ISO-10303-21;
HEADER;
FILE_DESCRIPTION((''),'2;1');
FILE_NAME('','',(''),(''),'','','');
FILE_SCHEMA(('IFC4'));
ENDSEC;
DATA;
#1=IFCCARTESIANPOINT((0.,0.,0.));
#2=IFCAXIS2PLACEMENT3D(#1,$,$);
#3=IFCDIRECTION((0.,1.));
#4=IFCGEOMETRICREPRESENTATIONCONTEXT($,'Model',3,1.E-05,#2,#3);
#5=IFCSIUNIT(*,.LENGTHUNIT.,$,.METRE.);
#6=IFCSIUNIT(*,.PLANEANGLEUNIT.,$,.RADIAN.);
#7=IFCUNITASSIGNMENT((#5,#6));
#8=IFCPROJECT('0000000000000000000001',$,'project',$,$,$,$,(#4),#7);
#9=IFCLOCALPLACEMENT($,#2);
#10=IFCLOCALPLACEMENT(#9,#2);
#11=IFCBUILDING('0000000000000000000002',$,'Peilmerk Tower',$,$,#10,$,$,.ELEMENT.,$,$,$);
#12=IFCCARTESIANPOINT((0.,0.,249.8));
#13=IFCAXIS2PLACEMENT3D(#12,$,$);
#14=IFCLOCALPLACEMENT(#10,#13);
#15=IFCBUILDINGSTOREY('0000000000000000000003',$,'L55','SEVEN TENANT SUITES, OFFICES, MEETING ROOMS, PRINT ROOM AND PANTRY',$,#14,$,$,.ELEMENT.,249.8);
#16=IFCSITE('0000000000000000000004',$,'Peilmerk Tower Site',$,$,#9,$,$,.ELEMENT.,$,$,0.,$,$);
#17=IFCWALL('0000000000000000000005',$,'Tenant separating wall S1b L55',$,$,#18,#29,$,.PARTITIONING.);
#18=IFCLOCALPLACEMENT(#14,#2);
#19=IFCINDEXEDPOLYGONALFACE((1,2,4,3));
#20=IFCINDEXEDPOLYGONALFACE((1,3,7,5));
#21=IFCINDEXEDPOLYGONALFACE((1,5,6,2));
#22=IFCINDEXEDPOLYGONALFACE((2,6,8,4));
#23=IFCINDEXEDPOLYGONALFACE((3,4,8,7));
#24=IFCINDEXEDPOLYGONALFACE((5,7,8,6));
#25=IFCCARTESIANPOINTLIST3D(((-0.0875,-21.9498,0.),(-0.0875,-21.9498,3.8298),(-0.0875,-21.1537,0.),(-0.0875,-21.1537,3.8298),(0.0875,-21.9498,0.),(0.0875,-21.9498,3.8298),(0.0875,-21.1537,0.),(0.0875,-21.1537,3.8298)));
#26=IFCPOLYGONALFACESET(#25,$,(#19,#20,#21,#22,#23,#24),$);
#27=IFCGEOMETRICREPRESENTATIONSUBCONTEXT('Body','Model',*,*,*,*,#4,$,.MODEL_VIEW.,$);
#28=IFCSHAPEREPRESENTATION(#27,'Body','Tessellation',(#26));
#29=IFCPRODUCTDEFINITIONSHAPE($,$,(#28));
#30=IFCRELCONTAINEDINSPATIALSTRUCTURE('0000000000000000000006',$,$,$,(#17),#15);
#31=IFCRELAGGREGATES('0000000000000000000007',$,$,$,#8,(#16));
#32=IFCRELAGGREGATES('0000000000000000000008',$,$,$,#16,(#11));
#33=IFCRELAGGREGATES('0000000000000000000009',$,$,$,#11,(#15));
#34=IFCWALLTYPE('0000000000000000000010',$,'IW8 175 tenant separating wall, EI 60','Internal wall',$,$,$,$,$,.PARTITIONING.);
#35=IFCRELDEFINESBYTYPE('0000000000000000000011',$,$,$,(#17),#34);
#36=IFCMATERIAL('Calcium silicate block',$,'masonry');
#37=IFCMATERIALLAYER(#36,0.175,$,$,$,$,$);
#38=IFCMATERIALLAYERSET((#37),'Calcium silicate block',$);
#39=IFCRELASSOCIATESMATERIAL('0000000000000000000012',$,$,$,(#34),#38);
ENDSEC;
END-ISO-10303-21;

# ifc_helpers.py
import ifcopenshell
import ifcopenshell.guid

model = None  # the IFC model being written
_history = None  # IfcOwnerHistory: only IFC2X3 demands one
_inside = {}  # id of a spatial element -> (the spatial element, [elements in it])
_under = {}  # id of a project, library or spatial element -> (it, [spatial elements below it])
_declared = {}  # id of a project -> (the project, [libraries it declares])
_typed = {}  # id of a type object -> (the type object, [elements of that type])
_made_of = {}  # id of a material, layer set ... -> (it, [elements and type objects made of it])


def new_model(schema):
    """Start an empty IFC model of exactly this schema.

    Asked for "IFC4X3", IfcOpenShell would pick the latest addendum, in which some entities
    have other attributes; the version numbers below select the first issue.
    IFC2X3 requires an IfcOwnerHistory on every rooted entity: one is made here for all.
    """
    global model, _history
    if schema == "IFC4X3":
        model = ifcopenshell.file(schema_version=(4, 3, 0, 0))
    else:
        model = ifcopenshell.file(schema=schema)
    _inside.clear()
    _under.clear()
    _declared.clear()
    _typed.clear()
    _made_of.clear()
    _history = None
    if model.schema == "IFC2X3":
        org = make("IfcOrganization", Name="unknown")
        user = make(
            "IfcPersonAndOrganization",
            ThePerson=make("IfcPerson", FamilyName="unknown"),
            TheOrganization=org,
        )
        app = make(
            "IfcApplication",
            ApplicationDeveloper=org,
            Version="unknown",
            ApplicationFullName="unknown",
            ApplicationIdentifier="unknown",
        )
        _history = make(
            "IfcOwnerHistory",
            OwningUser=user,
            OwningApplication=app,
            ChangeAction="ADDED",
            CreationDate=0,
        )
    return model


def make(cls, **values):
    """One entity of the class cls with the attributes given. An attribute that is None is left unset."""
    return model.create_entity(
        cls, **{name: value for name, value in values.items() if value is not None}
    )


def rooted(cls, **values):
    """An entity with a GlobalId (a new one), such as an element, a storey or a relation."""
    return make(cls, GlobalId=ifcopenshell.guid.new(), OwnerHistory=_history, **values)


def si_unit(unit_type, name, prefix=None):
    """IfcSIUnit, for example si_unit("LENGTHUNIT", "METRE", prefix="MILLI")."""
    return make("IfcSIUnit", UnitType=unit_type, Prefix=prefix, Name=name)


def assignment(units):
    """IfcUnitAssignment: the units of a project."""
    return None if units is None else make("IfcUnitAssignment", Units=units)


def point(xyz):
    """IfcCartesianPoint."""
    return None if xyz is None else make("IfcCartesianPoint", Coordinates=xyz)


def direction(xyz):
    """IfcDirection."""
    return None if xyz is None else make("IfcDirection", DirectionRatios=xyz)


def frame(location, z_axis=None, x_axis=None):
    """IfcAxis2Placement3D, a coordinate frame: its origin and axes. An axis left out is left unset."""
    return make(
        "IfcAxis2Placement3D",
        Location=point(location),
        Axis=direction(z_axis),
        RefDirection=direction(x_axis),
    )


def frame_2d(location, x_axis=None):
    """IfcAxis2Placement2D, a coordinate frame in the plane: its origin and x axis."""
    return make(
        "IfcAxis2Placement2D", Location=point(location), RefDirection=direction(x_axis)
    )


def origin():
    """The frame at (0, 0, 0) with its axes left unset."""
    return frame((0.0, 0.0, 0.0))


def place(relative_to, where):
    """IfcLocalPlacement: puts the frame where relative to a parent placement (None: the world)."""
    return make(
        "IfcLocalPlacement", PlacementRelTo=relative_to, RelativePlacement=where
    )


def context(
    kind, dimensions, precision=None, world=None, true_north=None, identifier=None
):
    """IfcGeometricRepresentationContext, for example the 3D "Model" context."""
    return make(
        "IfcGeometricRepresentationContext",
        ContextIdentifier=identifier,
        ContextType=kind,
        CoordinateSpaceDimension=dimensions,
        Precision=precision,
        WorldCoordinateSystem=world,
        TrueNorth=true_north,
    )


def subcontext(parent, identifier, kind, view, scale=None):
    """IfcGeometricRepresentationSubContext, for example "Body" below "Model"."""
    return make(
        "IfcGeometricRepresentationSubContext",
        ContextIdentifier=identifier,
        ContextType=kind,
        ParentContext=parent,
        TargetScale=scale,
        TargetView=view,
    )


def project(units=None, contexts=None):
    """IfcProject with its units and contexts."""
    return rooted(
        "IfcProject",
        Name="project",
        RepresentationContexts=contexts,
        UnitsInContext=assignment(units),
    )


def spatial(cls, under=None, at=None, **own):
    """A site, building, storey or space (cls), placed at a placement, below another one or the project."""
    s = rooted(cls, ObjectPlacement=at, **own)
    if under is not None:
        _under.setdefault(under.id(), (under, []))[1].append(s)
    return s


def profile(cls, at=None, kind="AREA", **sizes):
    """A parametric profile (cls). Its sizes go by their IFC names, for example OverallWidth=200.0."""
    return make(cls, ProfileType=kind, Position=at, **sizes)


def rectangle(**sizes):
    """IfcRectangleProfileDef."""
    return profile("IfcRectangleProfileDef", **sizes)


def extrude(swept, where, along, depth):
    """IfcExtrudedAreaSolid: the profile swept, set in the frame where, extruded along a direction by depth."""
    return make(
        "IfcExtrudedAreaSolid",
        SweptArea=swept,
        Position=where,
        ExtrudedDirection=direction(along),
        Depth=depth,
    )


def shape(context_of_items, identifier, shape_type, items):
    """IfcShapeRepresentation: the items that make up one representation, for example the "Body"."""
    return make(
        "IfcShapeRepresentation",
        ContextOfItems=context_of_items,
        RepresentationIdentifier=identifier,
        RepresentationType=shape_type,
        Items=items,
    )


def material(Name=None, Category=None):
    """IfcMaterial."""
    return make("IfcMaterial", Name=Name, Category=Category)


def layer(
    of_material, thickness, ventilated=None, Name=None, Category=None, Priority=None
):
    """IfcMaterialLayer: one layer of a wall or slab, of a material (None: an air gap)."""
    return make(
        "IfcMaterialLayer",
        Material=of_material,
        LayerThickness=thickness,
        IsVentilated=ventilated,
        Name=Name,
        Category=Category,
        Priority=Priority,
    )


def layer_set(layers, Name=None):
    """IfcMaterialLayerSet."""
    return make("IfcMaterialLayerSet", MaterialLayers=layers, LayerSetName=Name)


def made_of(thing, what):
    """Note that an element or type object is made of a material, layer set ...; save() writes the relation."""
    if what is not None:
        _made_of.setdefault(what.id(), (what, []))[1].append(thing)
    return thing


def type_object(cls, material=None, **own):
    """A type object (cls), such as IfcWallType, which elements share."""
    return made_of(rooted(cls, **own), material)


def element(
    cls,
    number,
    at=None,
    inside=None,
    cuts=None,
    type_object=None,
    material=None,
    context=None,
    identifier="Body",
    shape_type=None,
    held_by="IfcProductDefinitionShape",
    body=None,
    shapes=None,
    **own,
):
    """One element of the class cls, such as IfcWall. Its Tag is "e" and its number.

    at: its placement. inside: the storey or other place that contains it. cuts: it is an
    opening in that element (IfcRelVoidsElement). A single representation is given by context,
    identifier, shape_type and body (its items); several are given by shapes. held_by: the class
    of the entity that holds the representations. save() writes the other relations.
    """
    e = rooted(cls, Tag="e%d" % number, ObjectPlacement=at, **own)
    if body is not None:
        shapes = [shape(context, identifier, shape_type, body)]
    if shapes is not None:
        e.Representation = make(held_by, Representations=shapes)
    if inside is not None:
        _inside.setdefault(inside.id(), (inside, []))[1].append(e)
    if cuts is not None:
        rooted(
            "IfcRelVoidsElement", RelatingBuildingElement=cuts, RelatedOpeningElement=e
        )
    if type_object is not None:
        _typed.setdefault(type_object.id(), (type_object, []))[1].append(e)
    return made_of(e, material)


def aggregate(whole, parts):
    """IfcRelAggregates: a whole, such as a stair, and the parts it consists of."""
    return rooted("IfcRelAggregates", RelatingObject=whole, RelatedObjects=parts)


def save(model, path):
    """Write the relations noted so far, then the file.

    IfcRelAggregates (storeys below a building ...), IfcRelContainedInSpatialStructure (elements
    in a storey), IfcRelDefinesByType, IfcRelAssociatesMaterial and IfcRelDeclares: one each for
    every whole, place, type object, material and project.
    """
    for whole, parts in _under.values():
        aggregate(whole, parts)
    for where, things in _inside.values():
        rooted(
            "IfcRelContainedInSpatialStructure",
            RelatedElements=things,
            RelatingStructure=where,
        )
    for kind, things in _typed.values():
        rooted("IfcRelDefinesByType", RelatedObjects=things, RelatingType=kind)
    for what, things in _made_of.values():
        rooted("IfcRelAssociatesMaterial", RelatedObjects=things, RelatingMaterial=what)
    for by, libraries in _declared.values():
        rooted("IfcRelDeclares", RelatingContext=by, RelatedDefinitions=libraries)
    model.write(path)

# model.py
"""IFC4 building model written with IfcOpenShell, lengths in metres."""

from ifc_helpers import new_model, si_unit, direction, frame, frame_2d, origin, place, context, subcontext, project, spatial, rectangle, extrude, material, layer, layer_set, type_object, element, save


model = new_model("IFC4")

# Units and contexts
model_context = context("Model", 3, precision=1e-05, world=origin(), true_north=direction((0.0, 1.0)))
body_context = subcontext(model_context, "Body", "Model", "MODEL_VIEW")
ifc_project = project(units=[si_unit("LENGTHUNIT", "METRE"), si_unit("PLANEANGLEUNIT", "RADIAN")], contexts=[model_context])

# Site, building, storey
site_placement = place(None, origin())
site = spatial("IfcSite", under=ifc_project, at=site_placement, Name="Peilmerk Tower Site", CompositionType="ELEMENT", RefElevation=0.0)
building_placement = place(site_placement, origin())
building = spatial("IfcBuilding", under=site, at=building_placement, Name="Peilmerk Tower", CompositionType="ELEMENT")
storey_placement = place(building_placement, frame((0.0, 0.0, 249.8)))
storey = spatial("IfcBuildingStorey", under=building, at=storey_placement, Name="L55", Description="SEVEN TENANT SUITES, OFFICES, MEETING ROOMS, PRINT ROOM AND PANTRY", CompositionType="ELEMENT", Elevation=249.8)

# Wall
ifc_material_1 = material(Name="Calcium silicate block", Category="masonry")
ifc_layer_1 = layer(ifc_material_1, 0.175)
ifc_layer_set_1 = layer_set([ifc_layer_1], Name="Calcium silicate block")
wall_type = type_object("IfcWallType", Name="IW8 175 tenant separating wall, EI 60", Description="Internal wall", PredefinedType="PARTITIONING", material=ifc_layer_set_1)
wall_1_placement = place(storey_placement, frame((0.0, -21.1538, 0.0), z_axis=(0.0, 0.0, 1.0), x_axis=(0.0, -1.0, 0.0)))
element("IfcWall", 1, at=wall_1_placement, inside=storey, type_object=wall_type, Name="Tenant separating wall S1b L55", PredefinedType="PARTITIONING", context=body_context, shape_type="SweptSolid", body=[
    extrude(rectangle(XDim=0.7961, YDim=0.175, at=frame_2d((0.3979, 0.0))), origin(), (0.0, 0.0, 1.0), 3.8298),
])

save(model, "model.ifc")
